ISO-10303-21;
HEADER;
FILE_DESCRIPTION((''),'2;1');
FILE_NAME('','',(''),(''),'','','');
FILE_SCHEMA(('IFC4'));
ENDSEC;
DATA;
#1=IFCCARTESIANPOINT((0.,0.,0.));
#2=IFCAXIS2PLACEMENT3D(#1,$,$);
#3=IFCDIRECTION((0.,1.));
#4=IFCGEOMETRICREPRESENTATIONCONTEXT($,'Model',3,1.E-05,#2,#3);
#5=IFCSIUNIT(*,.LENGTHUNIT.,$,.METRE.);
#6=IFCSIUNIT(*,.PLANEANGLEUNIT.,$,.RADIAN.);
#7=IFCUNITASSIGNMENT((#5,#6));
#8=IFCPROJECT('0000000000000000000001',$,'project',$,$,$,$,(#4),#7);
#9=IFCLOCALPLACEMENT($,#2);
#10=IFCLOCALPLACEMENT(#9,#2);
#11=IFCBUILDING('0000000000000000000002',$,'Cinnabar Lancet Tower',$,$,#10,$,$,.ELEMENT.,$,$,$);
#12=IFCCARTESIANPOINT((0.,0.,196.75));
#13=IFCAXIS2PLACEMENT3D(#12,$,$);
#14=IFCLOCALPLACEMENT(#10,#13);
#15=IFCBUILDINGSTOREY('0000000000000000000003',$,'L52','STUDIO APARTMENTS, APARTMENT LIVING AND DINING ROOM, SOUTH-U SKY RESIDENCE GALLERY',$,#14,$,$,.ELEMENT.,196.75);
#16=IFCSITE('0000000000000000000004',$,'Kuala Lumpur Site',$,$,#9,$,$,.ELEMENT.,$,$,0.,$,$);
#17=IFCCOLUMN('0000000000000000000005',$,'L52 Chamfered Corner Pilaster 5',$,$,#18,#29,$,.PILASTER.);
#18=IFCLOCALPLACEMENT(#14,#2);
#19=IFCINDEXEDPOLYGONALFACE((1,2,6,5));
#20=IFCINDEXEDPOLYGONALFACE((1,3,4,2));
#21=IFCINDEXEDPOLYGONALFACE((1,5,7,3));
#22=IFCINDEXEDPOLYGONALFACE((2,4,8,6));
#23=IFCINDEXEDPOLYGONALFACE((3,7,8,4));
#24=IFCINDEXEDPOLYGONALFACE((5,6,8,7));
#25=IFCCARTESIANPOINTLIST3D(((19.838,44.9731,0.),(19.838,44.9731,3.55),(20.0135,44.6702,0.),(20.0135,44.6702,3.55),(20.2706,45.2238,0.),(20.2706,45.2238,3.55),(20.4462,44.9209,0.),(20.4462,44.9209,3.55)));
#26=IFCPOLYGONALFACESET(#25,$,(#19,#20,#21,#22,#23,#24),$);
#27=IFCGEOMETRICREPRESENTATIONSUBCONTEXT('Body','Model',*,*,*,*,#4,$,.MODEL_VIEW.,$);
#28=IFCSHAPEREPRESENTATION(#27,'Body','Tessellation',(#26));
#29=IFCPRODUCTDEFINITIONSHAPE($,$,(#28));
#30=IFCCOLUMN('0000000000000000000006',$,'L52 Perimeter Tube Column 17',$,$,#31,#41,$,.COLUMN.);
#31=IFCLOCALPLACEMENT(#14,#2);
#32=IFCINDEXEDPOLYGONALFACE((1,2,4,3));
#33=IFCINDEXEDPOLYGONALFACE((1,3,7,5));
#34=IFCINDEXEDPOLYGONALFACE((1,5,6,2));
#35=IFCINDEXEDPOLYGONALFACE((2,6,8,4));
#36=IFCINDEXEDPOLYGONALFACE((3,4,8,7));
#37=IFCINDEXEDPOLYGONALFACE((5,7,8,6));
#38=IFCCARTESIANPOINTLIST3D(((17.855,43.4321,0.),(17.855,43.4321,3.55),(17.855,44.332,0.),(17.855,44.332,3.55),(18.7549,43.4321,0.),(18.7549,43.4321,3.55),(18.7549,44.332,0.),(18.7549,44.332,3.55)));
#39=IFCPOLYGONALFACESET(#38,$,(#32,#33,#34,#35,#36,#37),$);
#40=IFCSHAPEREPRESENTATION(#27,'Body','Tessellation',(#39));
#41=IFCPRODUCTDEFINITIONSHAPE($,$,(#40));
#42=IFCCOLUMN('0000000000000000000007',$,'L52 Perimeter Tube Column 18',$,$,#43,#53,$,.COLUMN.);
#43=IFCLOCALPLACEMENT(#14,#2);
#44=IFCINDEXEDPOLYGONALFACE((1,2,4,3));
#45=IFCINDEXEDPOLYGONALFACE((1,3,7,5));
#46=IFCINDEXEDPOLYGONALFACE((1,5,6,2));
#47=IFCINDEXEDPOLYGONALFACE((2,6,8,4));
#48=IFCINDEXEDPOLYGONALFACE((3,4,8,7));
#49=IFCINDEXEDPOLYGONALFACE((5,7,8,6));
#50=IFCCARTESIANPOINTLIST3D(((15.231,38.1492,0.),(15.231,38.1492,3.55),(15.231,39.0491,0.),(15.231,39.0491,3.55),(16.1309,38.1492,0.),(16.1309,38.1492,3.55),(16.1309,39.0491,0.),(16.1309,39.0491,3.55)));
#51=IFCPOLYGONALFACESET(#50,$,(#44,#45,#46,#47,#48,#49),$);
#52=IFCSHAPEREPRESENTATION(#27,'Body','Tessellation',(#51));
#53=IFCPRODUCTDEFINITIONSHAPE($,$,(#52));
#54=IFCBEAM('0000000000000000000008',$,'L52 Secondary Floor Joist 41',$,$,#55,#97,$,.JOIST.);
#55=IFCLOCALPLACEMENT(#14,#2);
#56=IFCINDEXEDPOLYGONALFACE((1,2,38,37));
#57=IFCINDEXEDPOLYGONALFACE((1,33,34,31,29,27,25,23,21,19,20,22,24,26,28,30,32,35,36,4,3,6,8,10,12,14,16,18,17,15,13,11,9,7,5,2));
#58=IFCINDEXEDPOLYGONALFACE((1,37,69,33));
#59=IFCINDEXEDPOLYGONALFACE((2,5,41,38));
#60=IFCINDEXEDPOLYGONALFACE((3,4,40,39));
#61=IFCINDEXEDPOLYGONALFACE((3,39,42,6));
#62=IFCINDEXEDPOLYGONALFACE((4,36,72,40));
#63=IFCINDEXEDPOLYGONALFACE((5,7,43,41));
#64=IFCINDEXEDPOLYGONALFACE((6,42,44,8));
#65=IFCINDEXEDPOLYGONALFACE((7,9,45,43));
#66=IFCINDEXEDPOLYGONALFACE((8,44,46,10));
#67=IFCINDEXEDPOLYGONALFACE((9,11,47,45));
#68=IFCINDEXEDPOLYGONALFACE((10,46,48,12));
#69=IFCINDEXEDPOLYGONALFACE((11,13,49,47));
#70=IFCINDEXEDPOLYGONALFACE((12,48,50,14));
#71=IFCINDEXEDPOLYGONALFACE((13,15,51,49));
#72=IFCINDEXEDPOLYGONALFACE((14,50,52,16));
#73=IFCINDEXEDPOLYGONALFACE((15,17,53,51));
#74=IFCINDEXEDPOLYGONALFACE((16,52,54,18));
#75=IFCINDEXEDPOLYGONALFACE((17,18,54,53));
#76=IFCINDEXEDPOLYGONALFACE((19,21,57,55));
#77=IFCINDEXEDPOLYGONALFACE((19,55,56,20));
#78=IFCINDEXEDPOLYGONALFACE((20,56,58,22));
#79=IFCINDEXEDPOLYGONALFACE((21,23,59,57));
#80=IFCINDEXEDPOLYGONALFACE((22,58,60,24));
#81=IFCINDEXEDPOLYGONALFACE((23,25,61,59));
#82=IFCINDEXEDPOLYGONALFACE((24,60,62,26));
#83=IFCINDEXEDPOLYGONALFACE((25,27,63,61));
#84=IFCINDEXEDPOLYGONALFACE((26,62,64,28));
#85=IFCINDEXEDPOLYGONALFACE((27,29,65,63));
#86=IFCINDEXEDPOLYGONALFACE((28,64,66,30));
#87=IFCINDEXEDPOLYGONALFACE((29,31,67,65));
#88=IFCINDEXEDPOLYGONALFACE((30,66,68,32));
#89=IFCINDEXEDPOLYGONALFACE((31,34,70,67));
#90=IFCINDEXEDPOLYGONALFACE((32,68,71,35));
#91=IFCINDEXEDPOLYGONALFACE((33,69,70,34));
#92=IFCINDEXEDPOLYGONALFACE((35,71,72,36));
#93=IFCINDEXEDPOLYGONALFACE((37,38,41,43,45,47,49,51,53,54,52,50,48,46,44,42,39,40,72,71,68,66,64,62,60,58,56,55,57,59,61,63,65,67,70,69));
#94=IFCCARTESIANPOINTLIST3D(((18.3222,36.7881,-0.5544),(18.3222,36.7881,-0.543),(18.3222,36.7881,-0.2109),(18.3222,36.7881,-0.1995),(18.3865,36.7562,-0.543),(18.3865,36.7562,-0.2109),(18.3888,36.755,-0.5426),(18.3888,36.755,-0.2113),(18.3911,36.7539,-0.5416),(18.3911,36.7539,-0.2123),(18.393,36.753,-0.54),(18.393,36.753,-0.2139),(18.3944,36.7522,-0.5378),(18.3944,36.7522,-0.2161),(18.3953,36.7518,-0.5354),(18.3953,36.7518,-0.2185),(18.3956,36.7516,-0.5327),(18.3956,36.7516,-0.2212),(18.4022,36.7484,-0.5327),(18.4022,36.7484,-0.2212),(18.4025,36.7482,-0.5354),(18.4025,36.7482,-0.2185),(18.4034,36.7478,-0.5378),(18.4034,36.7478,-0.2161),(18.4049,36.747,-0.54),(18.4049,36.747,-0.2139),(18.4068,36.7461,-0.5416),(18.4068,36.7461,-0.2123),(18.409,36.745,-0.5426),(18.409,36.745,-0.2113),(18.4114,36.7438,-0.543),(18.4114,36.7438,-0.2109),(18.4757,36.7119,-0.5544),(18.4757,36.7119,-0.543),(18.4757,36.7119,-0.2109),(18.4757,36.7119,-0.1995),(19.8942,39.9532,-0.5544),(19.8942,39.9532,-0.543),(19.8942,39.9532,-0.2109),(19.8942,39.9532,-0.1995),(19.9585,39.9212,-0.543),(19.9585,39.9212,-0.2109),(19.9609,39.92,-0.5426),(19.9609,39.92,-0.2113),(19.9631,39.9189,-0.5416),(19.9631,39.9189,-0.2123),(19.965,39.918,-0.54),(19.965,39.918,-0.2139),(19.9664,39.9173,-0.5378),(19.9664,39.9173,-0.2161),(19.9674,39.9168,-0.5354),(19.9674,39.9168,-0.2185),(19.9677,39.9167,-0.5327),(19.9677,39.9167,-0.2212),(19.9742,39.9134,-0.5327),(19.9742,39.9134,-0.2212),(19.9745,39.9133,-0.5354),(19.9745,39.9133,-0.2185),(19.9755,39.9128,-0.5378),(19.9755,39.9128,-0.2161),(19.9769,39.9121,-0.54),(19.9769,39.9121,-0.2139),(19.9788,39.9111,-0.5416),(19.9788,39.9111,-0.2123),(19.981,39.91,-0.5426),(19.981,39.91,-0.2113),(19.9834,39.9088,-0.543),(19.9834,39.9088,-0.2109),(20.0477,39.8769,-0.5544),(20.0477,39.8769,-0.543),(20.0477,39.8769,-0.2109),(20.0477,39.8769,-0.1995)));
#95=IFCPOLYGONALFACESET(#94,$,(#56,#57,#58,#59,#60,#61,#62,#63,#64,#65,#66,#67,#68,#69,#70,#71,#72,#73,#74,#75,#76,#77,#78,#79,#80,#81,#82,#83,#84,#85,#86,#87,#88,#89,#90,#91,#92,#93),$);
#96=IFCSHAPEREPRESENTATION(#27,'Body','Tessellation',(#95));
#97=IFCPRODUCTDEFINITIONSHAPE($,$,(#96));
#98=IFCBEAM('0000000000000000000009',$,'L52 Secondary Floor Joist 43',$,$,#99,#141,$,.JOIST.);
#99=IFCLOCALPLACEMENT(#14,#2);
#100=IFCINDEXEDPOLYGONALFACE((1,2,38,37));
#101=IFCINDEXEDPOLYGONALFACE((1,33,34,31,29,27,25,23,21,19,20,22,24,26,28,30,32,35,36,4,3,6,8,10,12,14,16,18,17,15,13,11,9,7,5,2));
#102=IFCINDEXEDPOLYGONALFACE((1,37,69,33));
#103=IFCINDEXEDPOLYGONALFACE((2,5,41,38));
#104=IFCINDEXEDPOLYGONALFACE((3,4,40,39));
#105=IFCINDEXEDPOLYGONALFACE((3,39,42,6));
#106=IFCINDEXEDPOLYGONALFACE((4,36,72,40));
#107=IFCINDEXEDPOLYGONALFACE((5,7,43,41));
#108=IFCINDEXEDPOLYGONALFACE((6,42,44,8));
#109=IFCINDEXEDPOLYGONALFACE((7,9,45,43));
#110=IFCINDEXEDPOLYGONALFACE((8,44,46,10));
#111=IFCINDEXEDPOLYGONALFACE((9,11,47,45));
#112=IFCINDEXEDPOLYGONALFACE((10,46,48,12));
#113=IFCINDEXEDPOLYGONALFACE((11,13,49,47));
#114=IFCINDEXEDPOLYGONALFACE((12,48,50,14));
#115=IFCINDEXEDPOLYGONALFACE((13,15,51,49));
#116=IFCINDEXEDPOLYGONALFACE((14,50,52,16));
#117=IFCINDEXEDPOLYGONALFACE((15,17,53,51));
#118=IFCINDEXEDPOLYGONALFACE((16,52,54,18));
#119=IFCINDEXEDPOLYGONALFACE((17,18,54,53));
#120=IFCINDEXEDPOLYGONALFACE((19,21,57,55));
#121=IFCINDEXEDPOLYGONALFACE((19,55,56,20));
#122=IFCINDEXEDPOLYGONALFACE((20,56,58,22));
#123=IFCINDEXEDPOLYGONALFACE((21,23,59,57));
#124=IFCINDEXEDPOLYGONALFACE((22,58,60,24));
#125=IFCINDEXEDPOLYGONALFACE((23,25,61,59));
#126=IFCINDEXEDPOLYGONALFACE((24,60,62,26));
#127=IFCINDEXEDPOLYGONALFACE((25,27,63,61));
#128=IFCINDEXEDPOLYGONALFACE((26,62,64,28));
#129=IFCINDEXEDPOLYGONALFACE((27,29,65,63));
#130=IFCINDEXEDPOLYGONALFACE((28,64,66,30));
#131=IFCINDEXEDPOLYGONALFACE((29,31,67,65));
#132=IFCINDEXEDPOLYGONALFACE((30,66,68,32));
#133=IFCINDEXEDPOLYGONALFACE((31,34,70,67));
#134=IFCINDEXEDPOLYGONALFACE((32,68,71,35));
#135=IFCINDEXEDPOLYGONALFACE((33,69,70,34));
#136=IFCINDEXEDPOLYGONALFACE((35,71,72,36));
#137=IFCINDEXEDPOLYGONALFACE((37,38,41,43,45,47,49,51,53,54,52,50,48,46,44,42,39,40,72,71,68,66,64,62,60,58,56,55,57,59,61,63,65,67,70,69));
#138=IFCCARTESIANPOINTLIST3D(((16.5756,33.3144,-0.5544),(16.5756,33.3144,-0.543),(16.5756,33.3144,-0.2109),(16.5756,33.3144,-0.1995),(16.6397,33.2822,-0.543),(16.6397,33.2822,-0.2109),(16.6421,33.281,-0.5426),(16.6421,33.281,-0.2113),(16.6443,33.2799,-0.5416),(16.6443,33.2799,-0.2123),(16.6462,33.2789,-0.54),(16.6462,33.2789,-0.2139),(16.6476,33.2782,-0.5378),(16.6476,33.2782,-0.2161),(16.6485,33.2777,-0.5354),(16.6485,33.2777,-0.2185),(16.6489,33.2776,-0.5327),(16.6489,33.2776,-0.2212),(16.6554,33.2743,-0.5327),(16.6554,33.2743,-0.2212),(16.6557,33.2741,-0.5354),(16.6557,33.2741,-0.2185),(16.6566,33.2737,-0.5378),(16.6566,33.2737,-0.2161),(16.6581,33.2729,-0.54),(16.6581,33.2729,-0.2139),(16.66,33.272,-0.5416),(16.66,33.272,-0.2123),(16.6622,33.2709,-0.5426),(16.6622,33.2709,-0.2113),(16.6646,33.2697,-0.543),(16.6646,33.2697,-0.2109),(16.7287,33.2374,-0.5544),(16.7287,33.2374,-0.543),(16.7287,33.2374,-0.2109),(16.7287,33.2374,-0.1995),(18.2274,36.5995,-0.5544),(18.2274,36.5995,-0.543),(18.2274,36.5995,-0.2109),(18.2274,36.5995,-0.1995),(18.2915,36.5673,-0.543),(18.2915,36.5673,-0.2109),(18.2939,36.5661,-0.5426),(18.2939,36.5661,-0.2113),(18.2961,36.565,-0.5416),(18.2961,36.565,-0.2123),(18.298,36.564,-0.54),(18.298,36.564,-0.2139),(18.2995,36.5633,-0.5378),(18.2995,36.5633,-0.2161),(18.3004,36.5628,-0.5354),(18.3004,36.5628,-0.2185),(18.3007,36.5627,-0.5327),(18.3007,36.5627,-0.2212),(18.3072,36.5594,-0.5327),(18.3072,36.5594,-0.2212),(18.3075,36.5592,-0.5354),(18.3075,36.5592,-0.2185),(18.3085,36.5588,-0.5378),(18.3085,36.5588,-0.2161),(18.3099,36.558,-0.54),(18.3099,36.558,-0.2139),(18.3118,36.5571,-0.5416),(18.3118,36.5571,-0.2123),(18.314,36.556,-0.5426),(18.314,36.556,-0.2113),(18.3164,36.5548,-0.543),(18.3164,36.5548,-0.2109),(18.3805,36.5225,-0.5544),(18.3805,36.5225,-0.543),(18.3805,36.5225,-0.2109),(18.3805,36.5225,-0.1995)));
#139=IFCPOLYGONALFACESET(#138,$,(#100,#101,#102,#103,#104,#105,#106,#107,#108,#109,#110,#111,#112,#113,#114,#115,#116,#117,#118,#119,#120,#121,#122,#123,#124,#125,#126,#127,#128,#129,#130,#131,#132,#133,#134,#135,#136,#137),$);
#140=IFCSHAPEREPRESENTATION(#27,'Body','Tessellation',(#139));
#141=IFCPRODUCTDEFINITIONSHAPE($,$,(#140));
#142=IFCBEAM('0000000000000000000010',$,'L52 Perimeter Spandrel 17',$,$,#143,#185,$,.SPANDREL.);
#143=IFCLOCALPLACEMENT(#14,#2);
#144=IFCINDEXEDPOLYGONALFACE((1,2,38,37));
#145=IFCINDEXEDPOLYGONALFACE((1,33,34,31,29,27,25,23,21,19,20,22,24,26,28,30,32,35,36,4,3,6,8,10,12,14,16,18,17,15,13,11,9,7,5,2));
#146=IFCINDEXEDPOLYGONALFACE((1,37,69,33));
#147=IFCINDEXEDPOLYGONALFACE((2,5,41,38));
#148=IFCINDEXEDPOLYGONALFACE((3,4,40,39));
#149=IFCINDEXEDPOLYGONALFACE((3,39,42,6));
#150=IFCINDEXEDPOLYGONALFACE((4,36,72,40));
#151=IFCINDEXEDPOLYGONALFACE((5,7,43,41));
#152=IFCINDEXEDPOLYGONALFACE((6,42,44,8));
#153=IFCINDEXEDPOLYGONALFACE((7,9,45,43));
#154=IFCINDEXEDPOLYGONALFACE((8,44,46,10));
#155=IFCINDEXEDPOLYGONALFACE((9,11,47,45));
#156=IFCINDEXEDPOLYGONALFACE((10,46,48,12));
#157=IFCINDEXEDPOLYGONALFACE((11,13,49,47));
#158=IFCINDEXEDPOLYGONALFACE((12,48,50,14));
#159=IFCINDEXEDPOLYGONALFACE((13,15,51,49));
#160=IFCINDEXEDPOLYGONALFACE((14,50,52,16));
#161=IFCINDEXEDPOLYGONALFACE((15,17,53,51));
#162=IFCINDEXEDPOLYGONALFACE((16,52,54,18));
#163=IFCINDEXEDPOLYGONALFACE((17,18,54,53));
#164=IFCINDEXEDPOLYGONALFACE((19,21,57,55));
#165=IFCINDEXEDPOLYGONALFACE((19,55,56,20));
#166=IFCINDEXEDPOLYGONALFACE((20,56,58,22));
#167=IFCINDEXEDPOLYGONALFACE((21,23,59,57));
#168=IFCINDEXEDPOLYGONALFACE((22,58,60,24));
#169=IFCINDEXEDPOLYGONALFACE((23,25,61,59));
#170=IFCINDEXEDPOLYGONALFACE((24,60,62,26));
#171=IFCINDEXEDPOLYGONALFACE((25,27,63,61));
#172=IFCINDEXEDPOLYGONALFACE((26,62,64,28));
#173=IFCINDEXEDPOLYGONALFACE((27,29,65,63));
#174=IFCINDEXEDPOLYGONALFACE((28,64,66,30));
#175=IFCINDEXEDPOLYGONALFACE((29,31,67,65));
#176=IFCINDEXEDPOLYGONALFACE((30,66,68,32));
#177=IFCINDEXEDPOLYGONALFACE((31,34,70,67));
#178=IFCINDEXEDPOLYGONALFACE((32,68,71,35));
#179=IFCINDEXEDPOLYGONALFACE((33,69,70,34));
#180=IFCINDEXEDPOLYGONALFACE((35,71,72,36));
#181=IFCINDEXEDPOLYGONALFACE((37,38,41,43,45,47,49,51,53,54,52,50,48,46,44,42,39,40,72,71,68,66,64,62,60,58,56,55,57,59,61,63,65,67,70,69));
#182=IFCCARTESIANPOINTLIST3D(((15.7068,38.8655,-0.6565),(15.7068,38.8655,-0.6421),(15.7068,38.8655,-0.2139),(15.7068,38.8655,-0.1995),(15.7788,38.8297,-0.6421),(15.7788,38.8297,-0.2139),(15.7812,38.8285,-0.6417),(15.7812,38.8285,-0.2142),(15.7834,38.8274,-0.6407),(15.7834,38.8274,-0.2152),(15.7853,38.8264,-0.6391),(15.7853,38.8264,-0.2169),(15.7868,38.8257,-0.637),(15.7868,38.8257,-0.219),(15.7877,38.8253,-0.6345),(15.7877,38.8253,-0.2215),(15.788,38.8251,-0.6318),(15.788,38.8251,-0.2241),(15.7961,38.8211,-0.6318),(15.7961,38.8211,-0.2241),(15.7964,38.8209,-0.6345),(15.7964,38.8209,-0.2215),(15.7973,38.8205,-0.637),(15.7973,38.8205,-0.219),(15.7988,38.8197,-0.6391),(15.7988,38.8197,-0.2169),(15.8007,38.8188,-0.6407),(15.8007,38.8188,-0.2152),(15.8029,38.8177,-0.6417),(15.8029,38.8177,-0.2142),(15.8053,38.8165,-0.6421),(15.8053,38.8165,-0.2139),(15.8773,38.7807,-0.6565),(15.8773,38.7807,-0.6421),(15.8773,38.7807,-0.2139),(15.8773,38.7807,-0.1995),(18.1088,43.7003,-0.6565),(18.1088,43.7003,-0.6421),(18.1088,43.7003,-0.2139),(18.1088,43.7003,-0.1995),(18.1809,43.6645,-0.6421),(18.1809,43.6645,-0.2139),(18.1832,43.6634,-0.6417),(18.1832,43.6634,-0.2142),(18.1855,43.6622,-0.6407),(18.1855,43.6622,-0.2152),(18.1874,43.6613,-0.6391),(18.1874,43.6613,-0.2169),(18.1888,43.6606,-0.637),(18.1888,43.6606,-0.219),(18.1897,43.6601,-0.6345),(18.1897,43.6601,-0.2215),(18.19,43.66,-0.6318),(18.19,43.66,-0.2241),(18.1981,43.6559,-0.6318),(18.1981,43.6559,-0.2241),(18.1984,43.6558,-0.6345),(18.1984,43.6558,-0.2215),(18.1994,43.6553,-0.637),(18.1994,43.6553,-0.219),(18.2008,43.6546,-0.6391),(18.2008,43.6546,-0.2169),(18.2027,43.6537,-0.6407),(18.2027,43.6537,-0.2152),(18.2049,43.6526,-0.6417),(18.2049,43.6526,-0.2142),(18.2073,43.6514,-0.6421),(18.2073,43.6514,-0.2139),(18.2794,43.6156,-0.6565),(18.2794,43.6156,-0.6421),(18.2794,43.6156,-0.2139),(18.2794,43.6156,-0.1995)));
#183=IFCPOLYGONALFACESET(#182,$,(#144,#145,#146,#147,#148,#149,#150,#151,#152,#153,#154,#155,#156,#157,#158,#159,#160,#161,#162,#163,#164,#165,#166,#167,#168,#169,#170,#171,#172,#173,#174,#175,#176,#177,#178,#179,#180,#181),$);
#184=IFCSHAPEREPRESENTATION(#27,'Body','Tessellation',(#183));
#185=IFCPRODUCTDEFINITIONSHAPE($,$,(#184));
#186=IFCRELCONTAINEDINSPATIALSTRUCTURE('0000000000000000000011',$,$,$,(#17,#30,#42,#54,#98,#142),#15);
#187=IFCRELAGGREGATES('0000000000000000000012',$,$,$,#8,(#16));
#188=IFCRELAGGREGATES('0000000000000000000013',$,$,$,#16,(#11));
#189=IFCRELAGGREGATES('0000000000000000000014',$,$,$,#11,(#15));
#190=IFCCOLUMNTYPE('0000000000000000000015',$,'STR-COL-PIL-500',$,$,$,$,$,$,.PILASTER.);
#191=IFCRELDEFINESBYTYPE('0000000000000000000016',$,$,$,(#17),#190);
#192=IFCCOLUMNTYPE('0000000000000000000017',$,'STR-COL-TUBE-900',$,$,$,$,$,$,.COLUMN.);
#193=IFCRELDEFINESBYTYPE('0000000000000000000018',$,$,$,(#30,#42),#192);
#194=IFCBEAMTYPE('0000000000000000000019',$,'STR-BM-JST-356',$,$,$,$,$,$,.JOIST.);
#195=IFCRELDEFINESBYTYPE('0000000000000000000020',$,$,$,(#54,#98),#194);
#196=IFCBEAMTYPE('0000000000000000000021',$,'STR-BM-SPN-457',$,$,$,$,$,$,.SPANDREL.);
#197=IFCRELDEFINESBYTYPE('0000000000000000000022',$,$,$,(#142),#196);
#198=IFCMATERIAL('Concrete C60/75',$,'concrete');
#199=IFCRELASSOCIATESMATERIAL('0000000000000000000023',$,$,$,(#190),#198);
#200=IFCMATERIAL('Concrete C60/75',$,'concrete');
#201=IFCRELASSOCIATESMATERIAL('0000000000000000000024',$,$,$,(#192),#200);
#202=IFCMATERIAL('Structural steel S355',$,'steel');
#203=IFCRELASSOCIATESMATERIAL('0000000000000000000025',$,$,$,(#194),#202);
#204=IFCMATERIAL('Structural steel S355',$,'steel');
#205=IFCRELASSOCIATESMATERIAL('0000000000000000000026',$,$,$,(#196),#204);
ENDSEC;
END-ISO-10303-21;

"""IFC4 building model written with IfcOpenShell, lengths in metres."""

from ifc_helpers import new_model, si_unit, direction, frame, origin, origin_2d, place, context, subcontext, project, spatial, rectangle, i_section, extrude, material, material_profile, profile_set, type_object, element, save


model = new_model("IFC4")

# Units and contexts
model_context = context("Model", 3, precision=1e-05, world=origin(), true_north=direction((0.0, 1.0)))
body_context = subcontext(model_context, "Body", "Model", "MODEL_VIEW")
ifc_project = project(units=[si_unit("LENGTHUNIT", "METRE"), si_unit("PLANEANGLEUNIT", "RADIAN")], contexts=[model_context])

# Site, building, storey
site_placement = place(None, origin())
site = spatial("IfcSite", under=ifc_project, at=site_placement, Name="Kuala Lumpur Site", CompositionType="ELEMENT", RefElevation=0.0)
building_placement = place(site_placement, origin())
building = spatial("IfcBuilding", under=site, at=building_placement, Name="Cinnabar Lancet Tower", CompositionType="ELEMENT")
storey_placement = place(building_placement, frame((0.0, 0.0, 196.75)))
storey = spatial("IfcBuildingStorey", under=building, at=storey_placement, Name="L52", Description="STUDIO APARTMENTS, APARTMENT LIVING AND DINING ROOM, SOUTH-U SKY RESIDENCE GALLERY", CompositionType="ELEMENT", Elevation=196.75)

# Columns
ifc_material_1 = material(Name="Concrete C60/75", Category="concrete")
ifc_material_profile_1 = material_profile(ifc_material_1, rectangle(XDim=0.5, YDim=0.3501, at=origin_2d()), Name="RC-PIL 500x350")
ifc_profile_set_1 = profile_set([ifc_material_profile_1], Name="Concrete C60/75")
column_type_1 = type_object("IfcColumnType", Name="STR-COL-PIL-500", PredefinedType="PILASTER", material=ifc_profile_set_1)
column_placement = place(storey_placement, frame((20.1421, 44.947, 0.0), z_axis=(0.0, 0.0, 1.0), x_axis=(-0.86523, -0.501375, 0.0)))
element("IfcColumn", 1, at=column_placement, inside=storey, type_object=column_type_1, Name="L52 Chamfered Corner Pilaster 5", PredefinedType="PILASTER", context=body_context, shape_type="SweptSolid", body=[
    extrude(rectangle(XDim=0.5, YDim=0.3501, at=origin_2d()), origin(), (0.0, 0.0, 1.0), 3.55),
])
ifc_material_2 = material(Name="Concrete C60/75", Category="concrete")
ifc_material_profile_2 = material_profile(ifc_material_2, rectangle(XDim=0.8999, YDim=0.8999, at=origin_2d()), Name="RC-COL 900x900")
ifc_profile_set_2 = profile_set([ifc_material_profile_2], Name="Concrete C60/75")
column_type_2 = type_object("IfcColumnType", Name="STR-COL-TUBE-900", PredefinedType="COLUMN", material=ifc_profile_set_2)
for number, where, z_axis, x_axis, name in (
    (2, (18.3049, 43.8821, 0.0), (0.0, 0.0, 1.0), (1.0, 0.0, 0.0), "L52 Perimeter Tube Column 17"),
    (3, (15.6809, 38.5991, 0.0), (0.0, 0.0, 1.0), (1.0, 0.0, 0.0), "L52 Perimeter Tube Column 18"),
):
    element("IfcColumn", number, at=place(storey_placement, frame(where, z_axis=z_axis, x_axis=x_axis)), inside=storey, type_object=column_type_2, Name=name, PredefinedType="COLUMN", context=body_context, shape_type="SweptSolid", body=[
        extrude(rectangle(XDim=0.8999, YDim=0.8999, at=origin_2d()), origin(), (0.0, 0.0, 1.0), 3.55),
    ])

# Beams
ifc_material_3 = material(Name="Structural steel S355", Category="steel")
ifc_material_profile_3 = material_profile(ifc_material_3, i_section(OverallWidth=0.1714, OverallDepth=0.355, WebThickness=0.0073, FlangeThickness=0.0115, FilletRadius=0.0103, at=origin_2d()), Name="UKB 356x171x51")
ifc_profile_set_3 = profile_set([ifc_material_profile_3], Name="Structural steel S355")
beam_type_1 = type_object("IfcBeamType", Name="STR-BM-JST-356", PredefinedType="JOIST", material=ifc_profile_set_3)
beam_1_placement = place(storey_placement, frame((19.9709, 39.915, -0.377), z_axis=(-0.444836, -0.895612, 0.0), x_axis=(0.895612, -0.444836, 0.0)))
element("IfcBeam", 4, at=beam_1_placement, inside=storey, type_object=beam_type_1, Name="L52 Secondary Floor Joist 41", PredefinedType="JOIST", context=body_context, shape_type="SweptSolid", body=[
    extrude(i_section(OverallWidth=0.1714, OverallDepth=0.355, WebThickness=0.0073, FlangeThickness=0.0115, FilletRadius=0.0103, at=origin_2d()), origin(), (0.0, 0.0, 1.0), 3.5339),
])
beam_2_placement = place(storey_placement, frame((18.304, 36.561, -0.377), z_axis=(-0.449231, -0.893416, 0.0), x_axis=(0.893416, -0.449231, 0.0)))
element("IfcBeam", 5, at=beam_2_placement, inside=storey, type_object=beam_type_1, Name="L52 Secondary Floor Joist 43", PredefinedType="JOIST", context=body_context, shape_type="SweptSolid", body=[
    extrude(i_section(OverallWidth=0.1714, OverallDepth=0.355, WebThickness=0.0073, FlangeThickness=0.0115, FilletRadius=0.0103, at=origin_2d()), origin(), (0.0, 0.0, 1.0), 3.677),
])
ifc_material_4 = material(Name="Structural steel S355", Category="steel")
ifc_material_profile_4 = material_profile(ifc_material_4, i_section(OverallWidth=0.1904, OverallDepth=0.457, WebThickness=0.009, FlangeThickness=0.0144, FilletRadius=0.0103, at=origin_2d()), Name="UKB 457x191x74")
ifc_profile_set_4 = profile_set([ifc_material_profile_4], Name="Structural steel S355")
beam_type_2 = type_object("IfcBeamType", Name="STR-BM-SPN-457", PredefinedType="SPANDREL", material=ifc_profile_set_4)
beam_3_placement = place(storey_placement, frame((18.1941, 43.658, -0.428), z_axis=(-0.444933, -0.895564, 0.0), x_axis=(0.895564, -0.444933, 0.0)))
element("IfcBeam", 6, at=beam_3_placement, inside=storey, type_object=beam_type_2, Name="L52 Perimeter Spandrel 17", PredefinedType="SPANDREL", context=body_context, shape_type="SweptSolid", body=[
    extrude(i_section(OverallWidth=0.1904, OverallDepth=0.457, WebThickness=0.009, FlangeThickness=0.0144, FilletRadius=0.0103, at=origin_2d()), origin(), (0.0, 0.0, 1.0), 5.3987),
])

save(model, "model.ifc")
